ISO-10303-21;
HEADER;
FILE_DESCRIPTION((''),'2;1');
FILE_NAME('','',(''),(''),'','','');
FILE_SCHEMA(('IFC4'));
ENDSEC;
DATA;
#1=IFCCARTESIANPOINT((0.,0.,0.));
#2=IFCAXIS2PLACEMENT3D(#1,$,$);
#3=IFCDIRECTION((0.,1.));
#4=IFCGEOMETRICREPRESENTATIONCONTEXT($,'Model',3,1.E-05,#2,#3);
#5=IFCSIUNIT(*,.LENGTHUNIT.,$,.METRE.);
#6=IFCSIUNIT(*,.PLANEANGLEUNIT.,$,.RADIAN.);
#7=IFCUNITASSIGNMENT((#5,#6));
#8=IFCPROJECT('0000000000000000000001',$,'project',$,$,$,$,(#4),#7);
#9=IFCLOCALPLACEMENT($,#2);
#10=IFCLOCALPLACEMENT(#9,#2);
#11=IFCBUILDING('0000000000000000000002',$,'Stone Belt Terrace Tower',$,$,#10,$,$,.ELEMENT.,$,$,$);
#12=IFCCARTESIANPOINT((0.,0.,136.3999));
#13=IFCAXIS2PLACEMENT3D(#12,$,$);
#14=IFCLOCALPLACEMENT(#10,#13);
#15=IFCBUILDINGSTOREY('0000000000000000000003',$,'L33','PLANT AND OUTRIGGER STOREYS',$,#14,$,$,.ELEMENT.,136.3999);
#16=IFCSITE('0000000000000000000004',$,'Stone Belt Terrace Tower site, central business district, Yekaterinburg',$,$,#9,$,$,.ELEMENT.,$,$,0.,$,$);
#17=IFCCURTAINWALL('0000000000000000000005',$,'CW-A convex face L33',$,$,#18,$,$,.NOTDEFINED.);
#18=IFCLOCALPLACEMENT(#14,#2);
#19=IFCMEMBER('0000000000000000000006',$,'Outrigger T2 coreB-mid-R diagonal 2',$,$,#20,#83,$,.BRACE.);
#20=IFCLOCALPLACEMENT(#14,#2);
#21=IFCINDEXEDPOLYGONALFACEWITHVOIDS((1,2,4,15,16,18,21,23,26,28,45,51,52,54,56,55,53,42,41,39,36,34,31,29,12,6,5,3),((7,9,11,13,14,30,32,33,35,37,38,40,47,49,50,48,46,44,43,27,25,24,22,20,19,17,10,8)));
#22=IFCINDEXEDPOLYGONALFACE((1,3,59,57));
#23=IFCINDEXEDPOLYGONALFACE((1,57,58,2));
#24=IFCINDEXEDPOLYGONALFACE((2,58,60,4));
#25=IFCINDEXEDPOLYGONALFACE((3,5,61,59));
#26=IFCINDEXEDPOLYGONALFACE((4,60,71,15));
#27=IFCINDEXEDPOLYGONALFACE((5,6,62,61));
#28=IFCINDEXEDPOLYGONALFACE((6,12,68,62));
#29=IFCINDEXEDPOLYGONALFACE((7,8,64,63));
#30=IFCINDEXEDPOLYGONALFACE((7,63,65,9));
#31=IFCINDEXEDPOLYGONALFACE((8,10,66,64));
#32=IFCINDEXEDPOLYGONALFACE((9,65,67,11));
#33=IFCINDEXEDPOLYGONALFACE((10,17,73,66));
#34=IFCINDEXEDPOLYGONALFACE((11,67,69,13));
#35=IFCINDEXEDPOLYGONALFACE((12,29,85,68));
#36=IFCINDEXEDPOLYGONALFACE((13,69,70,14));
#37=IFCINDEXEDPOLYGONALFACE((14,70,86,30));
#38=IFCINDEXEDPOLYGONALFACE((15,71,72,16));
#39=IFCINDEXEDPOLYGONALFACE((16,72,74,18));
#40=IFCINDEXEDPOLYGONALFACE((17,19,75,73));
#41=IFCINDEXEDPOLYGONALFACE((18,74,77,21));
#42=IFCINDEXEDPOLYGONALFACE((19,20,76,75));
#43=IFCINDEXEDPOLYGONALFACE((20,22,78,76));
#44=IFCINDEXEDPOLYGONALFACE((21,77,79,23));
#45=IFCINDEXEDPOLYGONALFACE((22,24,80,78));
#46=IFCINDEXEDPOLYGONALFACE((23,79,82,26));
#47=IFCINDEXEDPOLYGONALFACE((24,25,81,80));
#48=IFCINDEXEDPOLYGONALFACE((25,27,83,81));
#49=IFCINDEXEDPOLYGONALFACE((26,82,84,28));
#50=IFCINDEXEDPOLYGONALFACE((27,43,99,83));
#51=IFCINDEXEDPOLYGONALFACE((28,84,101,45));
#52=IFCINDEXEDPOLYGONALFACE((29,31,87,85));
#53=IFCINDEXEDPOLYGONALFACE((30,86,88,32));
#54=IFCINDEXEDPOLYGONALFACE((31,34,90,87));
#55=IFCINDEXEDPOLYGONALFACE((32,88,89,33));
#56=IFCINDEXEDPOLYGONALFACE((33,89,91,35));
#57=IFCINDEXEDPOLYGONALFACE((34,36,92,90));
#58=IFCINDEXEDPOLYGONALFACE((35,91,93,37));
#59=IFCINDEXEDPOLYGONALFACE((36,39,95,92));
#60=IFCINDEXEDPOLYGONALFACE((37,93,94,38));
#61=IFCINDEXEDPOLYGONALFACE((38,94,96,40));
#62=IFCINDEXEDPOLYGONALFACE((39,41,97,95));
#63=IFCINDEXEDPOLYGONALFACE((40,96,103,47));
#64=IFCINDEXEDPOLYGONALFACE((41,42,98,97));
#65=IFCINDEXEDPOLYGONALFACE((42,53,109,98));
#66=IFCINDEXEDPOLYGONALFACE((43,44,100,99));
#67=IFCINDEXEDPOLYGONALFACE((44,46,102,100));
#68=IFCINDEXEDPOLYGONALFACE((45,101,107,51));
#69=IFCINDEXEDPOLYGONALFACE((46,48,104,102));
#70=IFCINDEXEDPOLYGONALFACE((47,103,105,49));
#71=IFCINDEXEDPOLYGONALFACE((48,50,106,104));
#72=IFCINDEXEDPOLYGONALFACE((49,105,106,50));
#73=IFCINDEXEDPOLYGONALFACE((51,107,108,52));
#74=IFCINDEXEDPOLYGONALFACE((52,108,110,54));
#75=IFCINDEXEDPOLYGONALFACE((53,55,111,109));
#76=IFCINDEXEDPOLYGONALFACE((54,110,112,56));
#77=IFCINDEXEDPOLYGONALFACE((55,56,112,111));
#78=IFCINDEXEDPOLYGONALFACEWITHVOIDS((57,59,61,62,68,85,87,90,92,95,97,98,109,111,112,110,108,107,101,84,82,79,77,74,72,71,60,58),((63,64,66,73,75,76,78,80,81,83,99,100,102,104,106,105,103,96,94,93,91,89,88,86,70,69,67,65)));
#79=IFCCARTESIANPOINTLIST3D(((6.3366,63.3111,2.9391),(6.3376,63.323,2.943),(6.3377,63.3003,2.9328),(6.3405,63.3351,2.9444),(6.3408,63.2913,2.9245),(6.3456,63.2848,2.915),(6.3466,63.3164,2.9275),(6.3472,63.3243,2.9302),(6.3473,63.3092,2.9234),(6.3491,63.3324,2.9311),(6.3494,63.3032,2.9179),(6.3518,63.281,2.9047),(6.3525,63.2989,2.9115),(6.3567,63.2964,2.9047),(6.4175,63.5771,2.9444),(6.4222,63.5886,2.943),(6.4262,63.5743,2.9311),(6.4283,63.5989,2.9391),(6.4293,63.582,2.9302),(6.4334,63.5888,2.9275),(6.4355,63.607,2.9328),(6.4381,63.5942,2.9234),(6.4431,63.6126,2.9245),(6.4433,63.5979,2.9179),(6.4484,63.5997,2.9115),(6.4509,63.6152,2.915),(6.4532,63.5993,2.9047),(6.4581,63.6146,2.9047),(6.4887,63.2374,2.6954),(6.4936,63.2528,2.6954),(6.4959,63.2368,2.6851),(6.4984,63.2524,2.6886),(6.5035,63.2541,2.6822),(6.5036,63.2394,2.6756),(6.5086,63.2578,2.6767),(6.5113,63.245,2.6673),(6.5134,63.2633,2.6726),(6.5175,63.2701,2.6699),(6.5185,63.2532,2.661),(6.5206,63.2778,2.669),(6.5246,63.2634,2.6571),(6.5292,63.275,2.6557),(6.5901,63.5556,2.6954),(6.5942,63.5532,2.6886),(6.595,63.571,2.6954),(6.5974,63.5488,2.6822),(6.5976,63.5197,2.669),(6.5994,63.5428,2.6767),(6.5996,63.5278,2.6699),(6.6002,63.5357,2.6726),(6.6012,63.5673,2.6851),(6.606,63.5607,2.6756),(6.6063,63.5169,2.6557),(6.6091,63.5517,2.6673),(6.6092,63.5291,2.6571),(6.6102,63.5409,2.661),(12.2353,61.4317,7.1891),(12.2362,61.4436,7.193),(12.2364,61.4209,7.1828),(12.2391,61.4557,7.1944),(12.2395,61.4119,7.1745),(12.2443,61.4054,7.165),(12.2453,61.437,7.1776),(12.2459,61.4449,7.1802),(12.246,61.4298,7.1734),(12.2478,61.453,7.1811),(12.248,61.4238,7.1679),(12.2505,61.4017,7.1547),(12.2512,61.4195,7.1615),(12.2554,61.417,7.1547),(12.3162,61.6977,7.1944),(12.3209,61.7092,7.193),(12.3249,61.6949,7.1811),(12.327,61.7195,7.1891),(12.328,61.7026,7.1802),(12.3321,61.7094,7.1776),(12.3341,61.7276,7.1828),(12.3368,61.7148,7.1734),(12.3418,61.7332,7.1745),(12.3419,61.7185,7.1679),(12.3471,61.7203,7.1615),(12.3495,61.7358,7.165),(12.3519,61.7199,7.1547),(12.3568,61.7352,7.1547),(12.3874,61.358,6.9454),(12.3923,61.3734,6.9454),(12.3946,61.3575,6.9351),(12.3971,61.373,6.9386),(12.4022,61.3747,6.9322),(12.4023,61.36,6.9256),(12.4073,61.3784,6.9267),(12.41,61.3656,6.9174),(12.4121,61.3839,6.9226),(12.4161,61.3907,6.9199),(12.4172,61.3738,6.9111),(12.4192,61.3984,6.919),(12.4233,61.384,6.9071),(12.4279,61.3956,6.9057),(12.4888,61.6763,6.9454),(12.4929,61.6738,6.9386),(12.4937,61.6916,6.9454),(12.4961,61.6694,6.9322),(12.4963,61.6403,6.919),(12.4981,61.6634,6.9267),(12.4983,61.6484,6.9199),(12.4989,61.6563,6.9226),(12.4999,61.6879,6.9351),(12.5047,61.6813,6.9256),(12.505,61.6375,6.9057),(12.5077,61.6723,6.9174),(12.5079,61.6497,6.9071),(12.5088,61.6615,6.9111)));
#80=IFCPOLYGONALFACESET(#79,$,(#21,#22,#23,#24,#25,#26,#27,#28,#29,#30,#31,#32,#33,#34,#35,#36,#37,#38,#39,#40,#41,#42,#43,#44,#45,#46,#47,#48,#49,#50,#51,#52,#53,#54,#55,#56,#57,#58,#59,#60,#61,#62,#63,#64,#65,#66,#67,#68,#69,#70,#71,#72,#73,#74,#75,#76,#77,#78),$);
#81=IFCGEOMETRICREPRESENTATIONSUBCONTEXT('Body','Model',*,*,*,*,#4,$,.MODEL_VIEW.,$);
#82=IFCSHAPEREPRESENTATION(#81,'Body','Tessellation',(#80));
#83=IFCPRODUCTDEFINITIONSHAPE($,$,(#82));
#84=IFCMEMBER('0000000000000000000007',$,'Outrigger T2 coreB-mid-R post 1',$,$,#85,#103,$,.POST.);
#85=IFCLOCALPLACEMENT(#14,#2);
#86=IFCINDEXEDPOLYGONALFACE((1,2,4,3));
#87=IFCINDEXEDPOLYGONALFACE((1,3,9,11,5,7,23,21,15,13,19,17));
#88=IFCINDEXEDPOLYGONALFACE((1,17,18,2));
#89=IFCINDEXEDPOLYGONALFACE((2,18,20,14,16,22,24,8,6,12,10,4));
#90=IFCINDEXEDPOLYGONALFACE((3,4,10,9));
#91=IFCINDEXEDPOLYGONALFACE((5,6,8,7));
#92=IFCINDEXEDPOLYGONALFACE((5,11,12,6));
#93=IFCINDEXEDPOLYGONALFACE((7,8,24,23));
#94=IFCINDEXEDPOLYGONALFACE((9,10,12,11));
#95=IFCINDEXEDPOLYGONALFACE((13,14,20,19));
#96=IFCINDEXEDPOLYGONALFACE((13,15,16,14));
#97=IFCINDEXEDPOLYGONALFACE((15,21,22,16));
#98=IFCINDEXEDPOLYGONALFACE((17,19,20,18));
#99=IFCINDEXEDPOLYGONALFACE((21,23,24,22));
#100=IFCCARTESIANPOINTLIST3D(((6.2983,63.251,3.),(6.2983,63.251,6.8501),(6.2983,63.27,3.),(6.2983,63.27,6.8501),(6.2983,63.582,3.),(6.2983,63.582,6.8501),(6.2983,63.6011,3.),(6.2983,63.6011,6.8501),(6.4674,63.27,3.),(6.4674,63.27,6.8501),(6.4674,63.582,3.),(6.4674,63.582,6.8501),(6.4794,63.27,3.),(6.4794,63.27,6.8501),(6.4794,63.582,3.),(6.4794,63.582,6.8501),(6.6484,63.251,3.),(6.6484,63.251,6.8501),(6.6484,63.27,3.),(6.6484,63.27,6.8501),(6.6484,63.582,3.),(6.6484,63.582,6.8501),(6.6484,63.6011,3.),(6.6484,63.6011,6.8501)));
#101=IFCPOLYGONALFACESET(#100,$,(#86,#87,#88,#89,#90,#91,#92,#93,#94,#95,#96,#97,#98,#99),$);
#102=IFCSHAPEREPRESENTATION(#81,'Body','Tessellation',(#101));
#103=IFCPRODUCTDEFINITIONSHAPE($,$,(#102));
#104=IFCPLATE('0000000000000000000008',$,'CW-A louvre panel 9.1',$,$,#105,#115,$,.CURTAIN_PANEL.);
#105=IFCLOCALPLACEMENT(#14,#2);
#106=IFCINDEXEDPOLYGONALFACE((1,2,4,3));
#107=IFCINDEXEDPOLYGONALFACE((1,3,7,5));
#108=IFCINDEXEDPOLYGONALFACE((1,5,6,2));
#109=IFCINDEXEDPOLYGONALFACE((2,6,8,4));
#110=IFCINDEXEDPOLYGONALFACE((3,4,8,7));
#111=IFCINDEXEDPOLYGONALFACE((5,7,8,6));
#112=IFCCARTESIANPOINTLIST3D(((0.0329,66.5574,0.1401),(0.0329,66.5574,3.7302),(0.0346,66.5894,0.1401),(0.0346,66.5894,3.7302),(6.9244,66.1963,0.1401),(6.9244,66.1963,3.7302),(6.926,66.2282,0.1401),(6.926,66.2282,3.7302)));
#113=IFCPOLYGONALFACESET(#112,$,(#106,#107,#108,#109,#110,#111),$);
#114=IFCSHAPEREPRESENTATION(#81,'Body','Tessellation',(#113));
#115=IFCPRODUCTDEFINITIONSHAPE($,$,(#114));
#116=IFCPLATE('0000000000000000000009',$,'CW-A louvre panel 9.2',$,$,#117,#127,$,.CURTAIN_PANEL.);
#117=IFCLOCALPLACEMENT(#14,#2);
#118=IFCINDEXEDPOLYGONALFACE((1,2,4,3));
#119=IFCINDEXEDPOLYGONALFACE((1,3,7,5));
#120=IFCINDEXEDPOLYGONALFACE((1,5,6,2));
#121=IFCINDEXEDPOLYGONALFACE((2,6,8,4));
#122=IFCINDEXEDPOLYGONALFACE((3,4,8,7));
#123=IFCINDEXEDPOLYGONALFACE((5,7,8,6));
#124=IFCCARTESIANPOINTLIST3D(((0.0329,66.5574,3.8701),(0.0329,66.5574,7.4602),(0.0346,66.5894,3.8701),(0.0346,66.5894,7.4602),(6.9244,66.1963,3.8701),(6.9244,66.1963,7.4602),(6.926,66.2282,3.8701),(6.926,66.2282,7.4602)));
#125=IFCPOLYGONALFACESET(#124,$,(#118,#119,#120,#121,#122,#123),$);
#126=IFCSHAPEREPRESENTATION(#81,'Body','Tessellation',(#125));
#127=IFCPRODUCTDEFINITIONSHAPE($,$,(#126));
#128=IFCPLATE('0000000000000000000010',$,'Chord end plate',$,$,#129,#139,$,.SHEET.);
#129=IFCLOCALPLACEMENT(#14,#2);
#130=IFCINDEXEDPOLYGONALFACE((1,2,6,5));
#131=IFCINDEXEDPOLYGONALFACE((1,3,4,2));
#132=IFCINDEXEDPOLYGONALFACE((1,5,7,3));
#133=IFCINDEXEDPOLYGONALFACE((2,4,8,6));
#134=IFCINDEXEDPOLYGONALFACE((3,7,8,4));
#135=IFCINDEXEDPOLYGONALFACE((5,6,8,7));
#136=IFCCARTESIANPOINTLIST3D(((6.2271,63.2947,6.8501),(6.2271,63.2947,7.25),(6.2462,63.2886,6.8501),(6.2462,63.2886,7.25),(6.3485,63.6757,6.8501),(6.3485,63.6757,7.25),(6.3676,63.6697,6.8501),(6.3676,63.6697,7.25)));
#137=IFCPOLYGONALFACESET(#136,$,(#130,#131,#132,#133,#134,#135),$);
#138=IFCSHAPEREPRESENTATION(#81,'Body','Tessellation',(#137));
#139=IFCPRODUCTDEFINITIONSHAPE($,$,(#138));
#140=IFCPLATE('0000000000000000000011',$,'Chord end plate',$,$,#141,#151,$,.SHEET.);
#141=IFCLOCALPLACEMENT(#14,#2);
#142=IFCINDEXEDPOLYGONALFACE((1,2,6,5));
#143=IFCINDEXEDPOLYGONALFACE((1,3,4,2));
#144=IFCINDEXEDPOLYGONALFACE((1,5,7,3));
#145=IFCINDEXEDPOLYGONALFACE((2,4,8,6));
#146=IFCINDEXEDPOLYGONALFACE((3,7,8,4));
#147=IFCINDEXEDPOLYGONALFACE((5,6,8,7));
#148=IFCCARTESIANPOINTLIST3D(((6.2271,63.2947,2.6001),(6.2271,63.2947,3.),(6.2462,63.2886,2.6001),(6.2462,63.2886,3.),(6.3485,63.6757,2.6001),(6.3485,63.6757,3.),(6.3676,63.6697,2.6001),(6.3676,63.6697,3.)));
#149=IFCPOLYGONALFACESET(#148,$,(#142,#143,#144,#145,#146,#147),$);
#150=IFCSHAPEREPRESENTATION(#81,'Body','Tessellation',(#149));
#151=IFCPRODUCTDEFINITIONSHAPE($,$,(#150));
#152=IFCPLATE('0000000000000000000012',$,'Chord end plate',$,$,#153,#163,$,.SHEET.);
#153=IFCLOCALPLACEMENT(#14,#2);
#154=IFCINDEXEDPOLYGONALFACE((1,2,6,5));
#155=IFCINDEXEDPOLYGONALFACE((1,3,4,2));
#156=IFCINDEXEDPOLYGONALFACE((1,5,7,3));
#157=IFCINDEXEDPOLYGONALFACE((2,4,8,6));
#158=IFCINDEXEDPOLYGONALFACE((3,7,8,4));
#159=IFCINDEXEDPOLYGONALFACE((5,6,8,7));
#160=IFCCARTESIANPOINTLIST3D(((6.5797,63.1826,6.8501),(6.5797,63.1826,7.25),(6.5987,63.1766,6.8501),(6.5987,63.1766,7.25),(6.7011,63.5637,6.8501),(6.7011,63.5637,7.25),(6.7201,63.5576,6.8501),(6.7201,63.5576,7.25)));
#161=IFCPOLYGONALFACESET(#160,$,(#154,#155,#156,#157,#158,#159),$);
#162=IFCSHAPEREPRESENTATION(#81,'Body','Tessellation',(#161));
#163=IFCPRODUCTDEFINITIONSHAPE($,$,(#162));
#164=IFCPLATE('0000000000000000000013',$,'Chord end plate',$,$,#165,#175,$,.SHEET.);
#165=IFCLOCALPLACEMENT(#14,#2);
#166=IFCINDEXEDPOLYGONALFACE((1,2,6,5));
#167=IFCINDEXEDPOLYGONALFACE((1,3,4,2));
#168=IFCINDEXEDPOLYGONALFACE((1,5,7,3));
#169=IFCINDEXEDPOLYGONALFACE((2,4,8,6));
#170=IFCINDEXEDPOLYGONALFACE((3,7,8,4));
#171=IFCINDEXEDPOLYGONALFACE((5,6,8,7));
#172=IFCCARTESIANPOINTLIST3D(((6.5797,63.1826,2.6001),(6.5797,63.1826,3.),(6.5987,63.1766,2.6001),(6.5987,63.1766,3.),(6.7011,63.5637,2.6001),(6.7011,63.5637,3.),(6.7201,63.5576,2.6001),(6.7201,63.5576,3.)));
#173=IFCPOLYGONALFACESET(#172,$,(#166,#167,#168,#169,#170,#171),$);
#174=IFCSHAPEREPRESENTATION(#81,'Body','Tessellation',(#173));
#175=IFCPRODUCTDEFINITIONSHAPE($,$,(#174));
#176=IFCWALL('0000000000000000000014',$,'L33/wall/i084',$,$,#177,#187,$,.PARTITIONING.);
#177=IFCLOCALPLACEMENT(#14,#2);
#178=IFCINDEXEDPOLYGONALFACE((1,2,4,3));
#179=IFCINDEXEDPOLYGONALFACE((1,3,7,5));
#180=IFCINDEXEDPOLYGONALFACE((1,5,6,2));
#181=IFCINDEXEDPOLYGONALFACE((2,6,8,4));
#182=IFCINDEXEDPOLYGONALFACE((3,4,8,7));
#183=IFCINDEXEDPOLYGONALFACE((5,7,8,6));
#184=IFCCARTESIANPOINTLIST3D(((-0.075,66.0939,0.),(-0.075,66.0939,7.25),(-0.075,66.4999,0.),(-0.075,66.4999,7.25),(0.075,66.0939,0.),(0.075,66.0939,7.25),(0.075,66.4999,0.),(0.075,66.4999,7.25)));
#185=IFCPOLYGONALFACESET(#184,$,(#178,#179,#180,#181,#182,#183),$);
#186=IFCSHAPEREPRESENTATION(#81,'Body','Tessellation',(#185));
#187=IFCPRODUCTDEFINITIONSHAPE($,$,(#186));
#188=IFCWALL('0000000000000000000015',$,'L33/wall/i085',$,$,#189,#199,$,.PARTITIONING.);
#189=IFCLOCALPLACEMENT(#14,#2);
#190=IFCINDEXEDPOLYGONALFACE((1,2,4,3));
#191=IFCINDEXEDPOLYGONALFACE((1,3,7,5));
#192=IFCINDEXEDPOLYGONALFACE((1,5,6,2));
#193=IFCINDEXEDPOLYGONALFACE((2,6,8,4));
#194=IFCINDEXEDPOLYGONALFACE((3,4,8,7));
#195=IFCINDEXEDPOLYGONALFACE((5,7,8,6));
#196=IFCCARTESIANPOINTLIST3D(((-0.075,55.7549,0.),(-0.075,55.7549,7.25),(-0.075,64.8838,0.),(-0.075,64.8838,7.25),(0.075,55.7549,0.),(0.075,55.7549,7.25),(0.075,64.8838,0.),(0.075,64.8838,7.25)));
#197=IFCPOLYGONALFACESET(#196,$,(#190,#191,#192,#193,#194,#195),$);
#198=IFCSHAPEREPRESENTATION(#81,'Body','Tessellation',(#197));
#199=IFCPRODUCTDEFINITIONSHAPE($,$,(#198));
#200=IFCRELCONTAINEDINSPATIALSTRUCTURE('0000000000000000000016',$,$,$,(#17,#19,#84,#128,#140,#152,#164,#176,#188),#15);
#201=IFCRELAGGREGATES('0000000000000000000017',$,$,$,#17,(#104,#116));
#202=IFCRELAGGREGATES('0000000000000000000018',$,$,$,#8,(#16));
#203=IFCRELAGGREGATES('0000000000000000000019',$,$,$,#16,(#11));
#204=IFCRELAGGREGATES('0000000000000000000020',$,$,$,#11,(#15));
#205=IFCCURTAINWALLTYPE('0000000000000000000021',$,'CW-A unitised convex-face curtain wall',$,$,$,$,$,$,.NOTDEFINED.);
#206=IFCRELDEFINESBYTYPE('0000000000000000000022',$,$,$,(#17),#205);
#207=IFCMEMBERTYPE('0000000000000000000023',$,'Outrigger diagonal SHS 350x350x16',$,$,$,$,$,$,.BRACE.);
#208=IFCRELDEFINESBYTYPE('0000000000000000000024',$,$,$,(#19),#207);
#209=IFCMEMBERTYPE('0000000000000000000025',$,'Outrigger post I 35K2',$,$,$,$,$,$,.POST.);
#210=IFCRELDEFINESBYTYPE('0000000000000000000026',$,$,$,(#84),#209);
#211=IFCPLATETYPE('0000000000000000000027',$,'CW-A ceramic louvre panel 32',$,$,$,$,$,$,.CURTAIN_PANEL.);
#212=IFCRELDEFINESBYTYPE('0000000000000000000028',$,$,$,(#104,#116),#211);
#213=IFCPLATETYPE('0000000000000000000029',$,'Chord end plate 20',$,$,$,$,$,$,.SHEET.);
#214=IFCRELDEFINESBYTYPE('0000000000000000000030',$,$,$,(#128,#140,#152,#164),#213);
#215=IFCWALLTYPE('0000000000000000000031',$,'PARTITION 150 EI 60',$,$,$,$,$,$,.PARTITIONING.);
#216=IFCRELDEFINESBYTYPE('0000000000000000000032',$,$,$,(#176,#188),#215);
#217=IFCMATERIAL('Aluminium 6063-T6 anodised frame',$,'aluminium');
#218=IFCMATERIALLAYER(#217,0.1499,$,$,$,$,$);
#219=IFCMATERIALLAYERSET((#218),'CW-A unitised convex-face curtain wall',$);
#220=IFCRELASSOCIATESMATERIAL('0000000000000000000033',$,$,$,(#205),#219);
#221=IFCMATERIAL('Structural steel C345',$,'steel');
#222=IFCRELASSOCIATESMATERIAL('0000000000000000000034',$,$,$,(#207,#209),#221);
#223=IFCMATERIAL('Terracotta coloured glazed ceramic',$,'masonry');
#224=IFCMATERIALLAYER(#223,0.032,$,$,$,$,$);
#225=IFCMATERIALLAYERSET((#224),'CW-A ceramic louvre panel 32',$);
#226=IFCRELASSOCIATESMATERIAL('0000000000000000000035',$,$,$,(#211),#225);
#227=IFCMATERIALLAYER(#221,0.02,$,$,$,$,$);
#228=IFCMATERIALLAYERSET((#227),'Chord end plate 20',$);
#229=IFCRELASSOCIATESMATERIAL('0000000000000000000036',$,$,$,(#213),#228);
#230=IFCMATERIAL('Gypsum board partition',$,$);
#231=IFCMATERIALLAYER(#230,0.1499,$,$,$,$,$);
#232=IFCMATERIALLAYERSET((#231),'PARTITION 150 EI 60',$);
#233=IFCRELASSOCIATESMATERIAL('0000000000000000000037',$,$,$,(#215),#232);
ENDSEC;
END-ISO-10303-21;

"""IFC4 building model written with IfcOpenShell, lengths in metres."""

from ifc_helpers import new_model, si_unit, direction, frame, frame_2d, origin, origin_2d, place, context, subcontext, project, spatial, rectangle, hollow_rectangle, i_section, extrude, material, layer, layer_set, material_profile, profile_set, type_object, element, aggregate, save


model = new_model("IFC4")

# Units and contexts
model_context = context("Model", 3, precision=1e-05, world=origin(), true_north=direction((0.0, 1.0)))
body_context = subcontext(model_context, "Body", "Model", "MODEL_VIEW")
ifc_project = project(units=[si_unit("LENGTHUNIT", "METRE"), si_unit("PLANEANGLEUNIT", "RADIAN")], contexts=[model_context])

# Site, building, storey
site_placement = place(None, origin())
site = spatial("IfcSite", under=ifc_project, at=site_placement, Name="Stone Belt Terrace Tower site, central business district, Yekaterinburg", CompositionType="ELEMENT", RefElevation=0.0)
building_placement = place(site_placement, origin())
building = spatial("IfcBuilding", under=site, at=building_placement, Name="Stone Belt Terrace Tower", CompositionType="ELEMENT")
storey_placement = place(building_placement, frame((0.0, 0.0, 136.3999)))
storey = spatial("IfcBuildingStorey", under=building, at=storey_placement, Name="L33", Description="PLANT AND OUTRIGGER STOREYS", CompositionType="ELEMENT", Elevation=136.3999)

# Shared definitions
ifc_material_1 = material(Name="Structural steel C345", Category="steel")

# Curtain wall
ifc_material_2 = material(Name="Aluminium 6063-T6 anodised frame", Category="aluminium")
ifc_layer_1 = layer(ifc_material_2, 0.1499)
ifc_layer_set_1 = layer_set([ifc_layer_1], Name="CW-A unitised convex-face curtain wall")
curtain_wall_type = type_object("IfcCurtainWallType", Name="CW-A unitised convex-face curtain wall", PredefinedType="NOTDEFINED", material=ifc_layer_set_1)
curtain_wall_placement = place(storey_placement, origin())
curtain_wall = element("IfcCurtainWall", 1, at=curtain_wall_placement, inside=storey, type_object=curtain_wall_type, Name="CW-A convex face L33", PredefinedType="NOTDEFINED")

# Members
ifc_material_profile_1 = material_profile(ifc_material_1, hollow_rectangle(XDim=0.3501, YDim=0.3501, WallThickness=0.0161, InnerFilletRadius=0.032, OuterFilletRadius=0.0481, at=origin_2d()), Name="SHS 350x350x16")
ifc_profile_set_1 = profile_set([ifc_material_profile_1], Name="Structural steel C345")
member_type_1 = type_object("IfcMemberType", Name="Outrigger diagonal SHS 350x350x16", PredefinedType="BRACE", material=ifc_profile_set_1)
member_1_placement = place(storey_placement, frame((6.4734, 63.426, 2.8), z_axis=(0.78552, -0.250277, 0.565967), x_axis=(0.303576, 0.952807, 0.0)))
element("IfcMember", 2, at=member_1_placement, inside=storey, type_object=member_type_1, Name="Outrigger T2 coreB-mid-R diagonal 2", PredefinedType="BRACE", context=body_context, shape_type="SweptSolid", body=[
    extrude(hollow_rectangle(XDim=0.3501, YDim=0.3501, WallThickness=0.0161, InnerFilletRadius=0.032, OuterFilletRadius=0.0481, at=origin_2d()), origin(), (0.0, 0.0, 1.0), 7.5093),
])
ifc_material_profile_2 = material_profile(ifc_material_1, i_section(OverallWidth=0.3501, OverallDepth=0.3501, WebThickness=0.012, FlangeThickness=0.019, at=origin_2d()), Name="I 35K2")
ifc_profile_set_2 = profile_set([ifc_material_profile_2], Name="Structural steel C345")
member_type_2 = type_object("IfcMemberType", Name="Outrigger post I 35K2", PredefinedType="POST", material=ifc_profile_set_2)
member_2_placement = place(storey_placement, frame((6.4734, 63.426, 3.0), z_axis=(0.0, 0.0, 1.0), x_axis=(1.0, 0.0, 0.0)))
element("IfcMember", 3, at=member_2_placement, inside=storey, type_object=member_type_2, Name="Outrigger T2 coreB-mid-R post 1", PredefinedType="POST", context=body_context, shape_type="SweptSolid", body=[
    extrude(i_section(OverallWidth=0.3501, OverallDepth=0.3501, WebThickness=0.012, FlangeThickness=0.019, at=origin_2d()), origin(), (0.0, 0.0, 1.0), 3.8501),
])

# Plates
ifc_material_3 = material(Name="Terracotta coloured glazed ceramic", Category="masonry")
ifc_layer_2 = layer(ifc_material_3, 0.032)
ifc_layer_set_2 = layer_set([ifc_layer_2], Name="CW-A ceramic louvre panel 32")
plate_type_1 = type_object("IfcPlateType", Name="CW-A ceramic louvre panel 32", PredefinedType="CURTAIN_PANEL", material=ifc_layer_set_2)
plate_1_placement = place(storey_placement, frame((3.4795, 66.3928, 0.1401), z_axis=(0.0, 0.0, 1.0), x_axis=(-0.99863, 0.052336, 0.0)))
plate_1 = element("IfcPlate", 4, at=plate_1_placement, type_object=plate_type_1, Name="CW-A louvre panel 9.1", PredefinedType="CURTAIN_PANEL", context=body_context, shape_type="SweptSolid", body=[
    extrude(rectangle(XDim=6.9009, YDim=0.032, at=origin_2d()), origin(), (0.0, 0.0, 1.0), 3.5901),
])
plate_2_placement = place(storey_placement, frame((3.4795, 66.3928, 3.8701), z_axis=(0.0, 0.0, 1.0), x_axis=(-0.99863, 0.052336, 0.0)))
plate_2 = element("IfcPlate", 5, at=plate_2_placement, type_object=plate_type_1, Name="CW-A louvre panel 9.2", PredefinedType="CURTAIN_PANEL", context=body_context, shape_type="SweptSolid", body=[
    extrude(rectangle(XDim=6.9009, YDim=0.032, at=origin_2d()), origin(), (0.0, 0.0, 1.0), 3.5901),
])
aggregate(curtain_wall, [plate_1, plate_2])

# Plates
ifc_layer_3 = layer(ifc_material_1, 0.02)
ifc_layer_set_3 = layer_set([ifc_layer_3], Name="Chord end plate 20")
plate_type_2 = type_object("IfcPlateType", Name="Chord end plate 20", PredefinedType="SHEET", material=ifc_layer_set_3)
for number, where, z_axis, x_axis, name in (
    (6, (6.2974, 63.4822, 6.8501), (0.0, 0.0, 1.0), (0.952799, -0.303602, 0.0), "Chord end plate"),
    (7, (6.2974, 63.4822, 2.6001), (0.0, 0.0, 1.0), (0.952799, -0.303602, 0.0), "Chord end plate"),
    (8, (6.6499, 63.3701, 6.8501), (0.0, 0.0, 1.0), (-0.952799, 0.303602, 0.0), "Chord end plate"),
    (9, (6.6499, 63.3701, 2.6001), (0.0, 0.0, 1.0), (-0.952799, 0.303602, 0.0), "Chord end plate"),
):
    element("IfcPlate", number, at=place(storey_placement, frame(where, z_axis=z_axis, x_axis=x_axis)), inside=storey, type_object=plate_type_2, Name=name, PredefinedType="SHEET", context=body_context, shape_type="SweptSolid", body=[
        extrude(rectangle(XDim=0.02, YDim=0.3999, at=origin_2d()), origin(), (0.0, 0.0, 1.0), 0.3999),
    ])

# Walls
ifc_material_4 = material(Name="Gypsum board partition")
ifc_layer_4 = layer(ifc_material_4, 0.1499)
ifc_layer_set_4 = layer_set([ifc_layer_4], Name="PARTITION 150 EI 60")
wall_type = type_object("IfcWallType", Name="PARTITION 150 EI 60", PredefinedType="PARTITIONING", material=ifc_layer_set_4)
wall_1_placement = place(storey_placement, frame((0.0, 66.5, 0.0), z_axis=(0.0, 0.0, 1.0), x_axis=(0.0, -1.0, 0.0)))
element("IfcWall", 10, at=wall_1_placement, inside=storey, type_object=wall_type, Name="L33/wall/i084", PredefinedType="PARTITIONING", context=body_context, shape_type="SweptSolid", body=[
    extrude(rectangle(XDim=0.406, YDim=0.1499, at=frame_2d((0.2031, 0.0))), origin(), (0.0, 0.0, 1.0), 7.25),
])
wall_2_placement = place(storey_placement, frame((0.0, 64.8838, 0.0), z_axis=(0.0, 0.0, 1.0), x_axis=(0.0, -1.0, 0.0)))
element("IfcWall", 11, at=wall_2_placement, inside=storey, type_object=wall_type, Name="L33/wall/i085", PredefinedType="PARTITIONING", context=body_context, shape_type="SweptSolid", body=[
    extrude(rectangle(XDim=9.1289, YDim=0.1499, at=frame_2d((4.5645, 0.0))), origin(), (0.0, 0.0, 1.0), 7.25),
])

save(model, "model.ifc")
